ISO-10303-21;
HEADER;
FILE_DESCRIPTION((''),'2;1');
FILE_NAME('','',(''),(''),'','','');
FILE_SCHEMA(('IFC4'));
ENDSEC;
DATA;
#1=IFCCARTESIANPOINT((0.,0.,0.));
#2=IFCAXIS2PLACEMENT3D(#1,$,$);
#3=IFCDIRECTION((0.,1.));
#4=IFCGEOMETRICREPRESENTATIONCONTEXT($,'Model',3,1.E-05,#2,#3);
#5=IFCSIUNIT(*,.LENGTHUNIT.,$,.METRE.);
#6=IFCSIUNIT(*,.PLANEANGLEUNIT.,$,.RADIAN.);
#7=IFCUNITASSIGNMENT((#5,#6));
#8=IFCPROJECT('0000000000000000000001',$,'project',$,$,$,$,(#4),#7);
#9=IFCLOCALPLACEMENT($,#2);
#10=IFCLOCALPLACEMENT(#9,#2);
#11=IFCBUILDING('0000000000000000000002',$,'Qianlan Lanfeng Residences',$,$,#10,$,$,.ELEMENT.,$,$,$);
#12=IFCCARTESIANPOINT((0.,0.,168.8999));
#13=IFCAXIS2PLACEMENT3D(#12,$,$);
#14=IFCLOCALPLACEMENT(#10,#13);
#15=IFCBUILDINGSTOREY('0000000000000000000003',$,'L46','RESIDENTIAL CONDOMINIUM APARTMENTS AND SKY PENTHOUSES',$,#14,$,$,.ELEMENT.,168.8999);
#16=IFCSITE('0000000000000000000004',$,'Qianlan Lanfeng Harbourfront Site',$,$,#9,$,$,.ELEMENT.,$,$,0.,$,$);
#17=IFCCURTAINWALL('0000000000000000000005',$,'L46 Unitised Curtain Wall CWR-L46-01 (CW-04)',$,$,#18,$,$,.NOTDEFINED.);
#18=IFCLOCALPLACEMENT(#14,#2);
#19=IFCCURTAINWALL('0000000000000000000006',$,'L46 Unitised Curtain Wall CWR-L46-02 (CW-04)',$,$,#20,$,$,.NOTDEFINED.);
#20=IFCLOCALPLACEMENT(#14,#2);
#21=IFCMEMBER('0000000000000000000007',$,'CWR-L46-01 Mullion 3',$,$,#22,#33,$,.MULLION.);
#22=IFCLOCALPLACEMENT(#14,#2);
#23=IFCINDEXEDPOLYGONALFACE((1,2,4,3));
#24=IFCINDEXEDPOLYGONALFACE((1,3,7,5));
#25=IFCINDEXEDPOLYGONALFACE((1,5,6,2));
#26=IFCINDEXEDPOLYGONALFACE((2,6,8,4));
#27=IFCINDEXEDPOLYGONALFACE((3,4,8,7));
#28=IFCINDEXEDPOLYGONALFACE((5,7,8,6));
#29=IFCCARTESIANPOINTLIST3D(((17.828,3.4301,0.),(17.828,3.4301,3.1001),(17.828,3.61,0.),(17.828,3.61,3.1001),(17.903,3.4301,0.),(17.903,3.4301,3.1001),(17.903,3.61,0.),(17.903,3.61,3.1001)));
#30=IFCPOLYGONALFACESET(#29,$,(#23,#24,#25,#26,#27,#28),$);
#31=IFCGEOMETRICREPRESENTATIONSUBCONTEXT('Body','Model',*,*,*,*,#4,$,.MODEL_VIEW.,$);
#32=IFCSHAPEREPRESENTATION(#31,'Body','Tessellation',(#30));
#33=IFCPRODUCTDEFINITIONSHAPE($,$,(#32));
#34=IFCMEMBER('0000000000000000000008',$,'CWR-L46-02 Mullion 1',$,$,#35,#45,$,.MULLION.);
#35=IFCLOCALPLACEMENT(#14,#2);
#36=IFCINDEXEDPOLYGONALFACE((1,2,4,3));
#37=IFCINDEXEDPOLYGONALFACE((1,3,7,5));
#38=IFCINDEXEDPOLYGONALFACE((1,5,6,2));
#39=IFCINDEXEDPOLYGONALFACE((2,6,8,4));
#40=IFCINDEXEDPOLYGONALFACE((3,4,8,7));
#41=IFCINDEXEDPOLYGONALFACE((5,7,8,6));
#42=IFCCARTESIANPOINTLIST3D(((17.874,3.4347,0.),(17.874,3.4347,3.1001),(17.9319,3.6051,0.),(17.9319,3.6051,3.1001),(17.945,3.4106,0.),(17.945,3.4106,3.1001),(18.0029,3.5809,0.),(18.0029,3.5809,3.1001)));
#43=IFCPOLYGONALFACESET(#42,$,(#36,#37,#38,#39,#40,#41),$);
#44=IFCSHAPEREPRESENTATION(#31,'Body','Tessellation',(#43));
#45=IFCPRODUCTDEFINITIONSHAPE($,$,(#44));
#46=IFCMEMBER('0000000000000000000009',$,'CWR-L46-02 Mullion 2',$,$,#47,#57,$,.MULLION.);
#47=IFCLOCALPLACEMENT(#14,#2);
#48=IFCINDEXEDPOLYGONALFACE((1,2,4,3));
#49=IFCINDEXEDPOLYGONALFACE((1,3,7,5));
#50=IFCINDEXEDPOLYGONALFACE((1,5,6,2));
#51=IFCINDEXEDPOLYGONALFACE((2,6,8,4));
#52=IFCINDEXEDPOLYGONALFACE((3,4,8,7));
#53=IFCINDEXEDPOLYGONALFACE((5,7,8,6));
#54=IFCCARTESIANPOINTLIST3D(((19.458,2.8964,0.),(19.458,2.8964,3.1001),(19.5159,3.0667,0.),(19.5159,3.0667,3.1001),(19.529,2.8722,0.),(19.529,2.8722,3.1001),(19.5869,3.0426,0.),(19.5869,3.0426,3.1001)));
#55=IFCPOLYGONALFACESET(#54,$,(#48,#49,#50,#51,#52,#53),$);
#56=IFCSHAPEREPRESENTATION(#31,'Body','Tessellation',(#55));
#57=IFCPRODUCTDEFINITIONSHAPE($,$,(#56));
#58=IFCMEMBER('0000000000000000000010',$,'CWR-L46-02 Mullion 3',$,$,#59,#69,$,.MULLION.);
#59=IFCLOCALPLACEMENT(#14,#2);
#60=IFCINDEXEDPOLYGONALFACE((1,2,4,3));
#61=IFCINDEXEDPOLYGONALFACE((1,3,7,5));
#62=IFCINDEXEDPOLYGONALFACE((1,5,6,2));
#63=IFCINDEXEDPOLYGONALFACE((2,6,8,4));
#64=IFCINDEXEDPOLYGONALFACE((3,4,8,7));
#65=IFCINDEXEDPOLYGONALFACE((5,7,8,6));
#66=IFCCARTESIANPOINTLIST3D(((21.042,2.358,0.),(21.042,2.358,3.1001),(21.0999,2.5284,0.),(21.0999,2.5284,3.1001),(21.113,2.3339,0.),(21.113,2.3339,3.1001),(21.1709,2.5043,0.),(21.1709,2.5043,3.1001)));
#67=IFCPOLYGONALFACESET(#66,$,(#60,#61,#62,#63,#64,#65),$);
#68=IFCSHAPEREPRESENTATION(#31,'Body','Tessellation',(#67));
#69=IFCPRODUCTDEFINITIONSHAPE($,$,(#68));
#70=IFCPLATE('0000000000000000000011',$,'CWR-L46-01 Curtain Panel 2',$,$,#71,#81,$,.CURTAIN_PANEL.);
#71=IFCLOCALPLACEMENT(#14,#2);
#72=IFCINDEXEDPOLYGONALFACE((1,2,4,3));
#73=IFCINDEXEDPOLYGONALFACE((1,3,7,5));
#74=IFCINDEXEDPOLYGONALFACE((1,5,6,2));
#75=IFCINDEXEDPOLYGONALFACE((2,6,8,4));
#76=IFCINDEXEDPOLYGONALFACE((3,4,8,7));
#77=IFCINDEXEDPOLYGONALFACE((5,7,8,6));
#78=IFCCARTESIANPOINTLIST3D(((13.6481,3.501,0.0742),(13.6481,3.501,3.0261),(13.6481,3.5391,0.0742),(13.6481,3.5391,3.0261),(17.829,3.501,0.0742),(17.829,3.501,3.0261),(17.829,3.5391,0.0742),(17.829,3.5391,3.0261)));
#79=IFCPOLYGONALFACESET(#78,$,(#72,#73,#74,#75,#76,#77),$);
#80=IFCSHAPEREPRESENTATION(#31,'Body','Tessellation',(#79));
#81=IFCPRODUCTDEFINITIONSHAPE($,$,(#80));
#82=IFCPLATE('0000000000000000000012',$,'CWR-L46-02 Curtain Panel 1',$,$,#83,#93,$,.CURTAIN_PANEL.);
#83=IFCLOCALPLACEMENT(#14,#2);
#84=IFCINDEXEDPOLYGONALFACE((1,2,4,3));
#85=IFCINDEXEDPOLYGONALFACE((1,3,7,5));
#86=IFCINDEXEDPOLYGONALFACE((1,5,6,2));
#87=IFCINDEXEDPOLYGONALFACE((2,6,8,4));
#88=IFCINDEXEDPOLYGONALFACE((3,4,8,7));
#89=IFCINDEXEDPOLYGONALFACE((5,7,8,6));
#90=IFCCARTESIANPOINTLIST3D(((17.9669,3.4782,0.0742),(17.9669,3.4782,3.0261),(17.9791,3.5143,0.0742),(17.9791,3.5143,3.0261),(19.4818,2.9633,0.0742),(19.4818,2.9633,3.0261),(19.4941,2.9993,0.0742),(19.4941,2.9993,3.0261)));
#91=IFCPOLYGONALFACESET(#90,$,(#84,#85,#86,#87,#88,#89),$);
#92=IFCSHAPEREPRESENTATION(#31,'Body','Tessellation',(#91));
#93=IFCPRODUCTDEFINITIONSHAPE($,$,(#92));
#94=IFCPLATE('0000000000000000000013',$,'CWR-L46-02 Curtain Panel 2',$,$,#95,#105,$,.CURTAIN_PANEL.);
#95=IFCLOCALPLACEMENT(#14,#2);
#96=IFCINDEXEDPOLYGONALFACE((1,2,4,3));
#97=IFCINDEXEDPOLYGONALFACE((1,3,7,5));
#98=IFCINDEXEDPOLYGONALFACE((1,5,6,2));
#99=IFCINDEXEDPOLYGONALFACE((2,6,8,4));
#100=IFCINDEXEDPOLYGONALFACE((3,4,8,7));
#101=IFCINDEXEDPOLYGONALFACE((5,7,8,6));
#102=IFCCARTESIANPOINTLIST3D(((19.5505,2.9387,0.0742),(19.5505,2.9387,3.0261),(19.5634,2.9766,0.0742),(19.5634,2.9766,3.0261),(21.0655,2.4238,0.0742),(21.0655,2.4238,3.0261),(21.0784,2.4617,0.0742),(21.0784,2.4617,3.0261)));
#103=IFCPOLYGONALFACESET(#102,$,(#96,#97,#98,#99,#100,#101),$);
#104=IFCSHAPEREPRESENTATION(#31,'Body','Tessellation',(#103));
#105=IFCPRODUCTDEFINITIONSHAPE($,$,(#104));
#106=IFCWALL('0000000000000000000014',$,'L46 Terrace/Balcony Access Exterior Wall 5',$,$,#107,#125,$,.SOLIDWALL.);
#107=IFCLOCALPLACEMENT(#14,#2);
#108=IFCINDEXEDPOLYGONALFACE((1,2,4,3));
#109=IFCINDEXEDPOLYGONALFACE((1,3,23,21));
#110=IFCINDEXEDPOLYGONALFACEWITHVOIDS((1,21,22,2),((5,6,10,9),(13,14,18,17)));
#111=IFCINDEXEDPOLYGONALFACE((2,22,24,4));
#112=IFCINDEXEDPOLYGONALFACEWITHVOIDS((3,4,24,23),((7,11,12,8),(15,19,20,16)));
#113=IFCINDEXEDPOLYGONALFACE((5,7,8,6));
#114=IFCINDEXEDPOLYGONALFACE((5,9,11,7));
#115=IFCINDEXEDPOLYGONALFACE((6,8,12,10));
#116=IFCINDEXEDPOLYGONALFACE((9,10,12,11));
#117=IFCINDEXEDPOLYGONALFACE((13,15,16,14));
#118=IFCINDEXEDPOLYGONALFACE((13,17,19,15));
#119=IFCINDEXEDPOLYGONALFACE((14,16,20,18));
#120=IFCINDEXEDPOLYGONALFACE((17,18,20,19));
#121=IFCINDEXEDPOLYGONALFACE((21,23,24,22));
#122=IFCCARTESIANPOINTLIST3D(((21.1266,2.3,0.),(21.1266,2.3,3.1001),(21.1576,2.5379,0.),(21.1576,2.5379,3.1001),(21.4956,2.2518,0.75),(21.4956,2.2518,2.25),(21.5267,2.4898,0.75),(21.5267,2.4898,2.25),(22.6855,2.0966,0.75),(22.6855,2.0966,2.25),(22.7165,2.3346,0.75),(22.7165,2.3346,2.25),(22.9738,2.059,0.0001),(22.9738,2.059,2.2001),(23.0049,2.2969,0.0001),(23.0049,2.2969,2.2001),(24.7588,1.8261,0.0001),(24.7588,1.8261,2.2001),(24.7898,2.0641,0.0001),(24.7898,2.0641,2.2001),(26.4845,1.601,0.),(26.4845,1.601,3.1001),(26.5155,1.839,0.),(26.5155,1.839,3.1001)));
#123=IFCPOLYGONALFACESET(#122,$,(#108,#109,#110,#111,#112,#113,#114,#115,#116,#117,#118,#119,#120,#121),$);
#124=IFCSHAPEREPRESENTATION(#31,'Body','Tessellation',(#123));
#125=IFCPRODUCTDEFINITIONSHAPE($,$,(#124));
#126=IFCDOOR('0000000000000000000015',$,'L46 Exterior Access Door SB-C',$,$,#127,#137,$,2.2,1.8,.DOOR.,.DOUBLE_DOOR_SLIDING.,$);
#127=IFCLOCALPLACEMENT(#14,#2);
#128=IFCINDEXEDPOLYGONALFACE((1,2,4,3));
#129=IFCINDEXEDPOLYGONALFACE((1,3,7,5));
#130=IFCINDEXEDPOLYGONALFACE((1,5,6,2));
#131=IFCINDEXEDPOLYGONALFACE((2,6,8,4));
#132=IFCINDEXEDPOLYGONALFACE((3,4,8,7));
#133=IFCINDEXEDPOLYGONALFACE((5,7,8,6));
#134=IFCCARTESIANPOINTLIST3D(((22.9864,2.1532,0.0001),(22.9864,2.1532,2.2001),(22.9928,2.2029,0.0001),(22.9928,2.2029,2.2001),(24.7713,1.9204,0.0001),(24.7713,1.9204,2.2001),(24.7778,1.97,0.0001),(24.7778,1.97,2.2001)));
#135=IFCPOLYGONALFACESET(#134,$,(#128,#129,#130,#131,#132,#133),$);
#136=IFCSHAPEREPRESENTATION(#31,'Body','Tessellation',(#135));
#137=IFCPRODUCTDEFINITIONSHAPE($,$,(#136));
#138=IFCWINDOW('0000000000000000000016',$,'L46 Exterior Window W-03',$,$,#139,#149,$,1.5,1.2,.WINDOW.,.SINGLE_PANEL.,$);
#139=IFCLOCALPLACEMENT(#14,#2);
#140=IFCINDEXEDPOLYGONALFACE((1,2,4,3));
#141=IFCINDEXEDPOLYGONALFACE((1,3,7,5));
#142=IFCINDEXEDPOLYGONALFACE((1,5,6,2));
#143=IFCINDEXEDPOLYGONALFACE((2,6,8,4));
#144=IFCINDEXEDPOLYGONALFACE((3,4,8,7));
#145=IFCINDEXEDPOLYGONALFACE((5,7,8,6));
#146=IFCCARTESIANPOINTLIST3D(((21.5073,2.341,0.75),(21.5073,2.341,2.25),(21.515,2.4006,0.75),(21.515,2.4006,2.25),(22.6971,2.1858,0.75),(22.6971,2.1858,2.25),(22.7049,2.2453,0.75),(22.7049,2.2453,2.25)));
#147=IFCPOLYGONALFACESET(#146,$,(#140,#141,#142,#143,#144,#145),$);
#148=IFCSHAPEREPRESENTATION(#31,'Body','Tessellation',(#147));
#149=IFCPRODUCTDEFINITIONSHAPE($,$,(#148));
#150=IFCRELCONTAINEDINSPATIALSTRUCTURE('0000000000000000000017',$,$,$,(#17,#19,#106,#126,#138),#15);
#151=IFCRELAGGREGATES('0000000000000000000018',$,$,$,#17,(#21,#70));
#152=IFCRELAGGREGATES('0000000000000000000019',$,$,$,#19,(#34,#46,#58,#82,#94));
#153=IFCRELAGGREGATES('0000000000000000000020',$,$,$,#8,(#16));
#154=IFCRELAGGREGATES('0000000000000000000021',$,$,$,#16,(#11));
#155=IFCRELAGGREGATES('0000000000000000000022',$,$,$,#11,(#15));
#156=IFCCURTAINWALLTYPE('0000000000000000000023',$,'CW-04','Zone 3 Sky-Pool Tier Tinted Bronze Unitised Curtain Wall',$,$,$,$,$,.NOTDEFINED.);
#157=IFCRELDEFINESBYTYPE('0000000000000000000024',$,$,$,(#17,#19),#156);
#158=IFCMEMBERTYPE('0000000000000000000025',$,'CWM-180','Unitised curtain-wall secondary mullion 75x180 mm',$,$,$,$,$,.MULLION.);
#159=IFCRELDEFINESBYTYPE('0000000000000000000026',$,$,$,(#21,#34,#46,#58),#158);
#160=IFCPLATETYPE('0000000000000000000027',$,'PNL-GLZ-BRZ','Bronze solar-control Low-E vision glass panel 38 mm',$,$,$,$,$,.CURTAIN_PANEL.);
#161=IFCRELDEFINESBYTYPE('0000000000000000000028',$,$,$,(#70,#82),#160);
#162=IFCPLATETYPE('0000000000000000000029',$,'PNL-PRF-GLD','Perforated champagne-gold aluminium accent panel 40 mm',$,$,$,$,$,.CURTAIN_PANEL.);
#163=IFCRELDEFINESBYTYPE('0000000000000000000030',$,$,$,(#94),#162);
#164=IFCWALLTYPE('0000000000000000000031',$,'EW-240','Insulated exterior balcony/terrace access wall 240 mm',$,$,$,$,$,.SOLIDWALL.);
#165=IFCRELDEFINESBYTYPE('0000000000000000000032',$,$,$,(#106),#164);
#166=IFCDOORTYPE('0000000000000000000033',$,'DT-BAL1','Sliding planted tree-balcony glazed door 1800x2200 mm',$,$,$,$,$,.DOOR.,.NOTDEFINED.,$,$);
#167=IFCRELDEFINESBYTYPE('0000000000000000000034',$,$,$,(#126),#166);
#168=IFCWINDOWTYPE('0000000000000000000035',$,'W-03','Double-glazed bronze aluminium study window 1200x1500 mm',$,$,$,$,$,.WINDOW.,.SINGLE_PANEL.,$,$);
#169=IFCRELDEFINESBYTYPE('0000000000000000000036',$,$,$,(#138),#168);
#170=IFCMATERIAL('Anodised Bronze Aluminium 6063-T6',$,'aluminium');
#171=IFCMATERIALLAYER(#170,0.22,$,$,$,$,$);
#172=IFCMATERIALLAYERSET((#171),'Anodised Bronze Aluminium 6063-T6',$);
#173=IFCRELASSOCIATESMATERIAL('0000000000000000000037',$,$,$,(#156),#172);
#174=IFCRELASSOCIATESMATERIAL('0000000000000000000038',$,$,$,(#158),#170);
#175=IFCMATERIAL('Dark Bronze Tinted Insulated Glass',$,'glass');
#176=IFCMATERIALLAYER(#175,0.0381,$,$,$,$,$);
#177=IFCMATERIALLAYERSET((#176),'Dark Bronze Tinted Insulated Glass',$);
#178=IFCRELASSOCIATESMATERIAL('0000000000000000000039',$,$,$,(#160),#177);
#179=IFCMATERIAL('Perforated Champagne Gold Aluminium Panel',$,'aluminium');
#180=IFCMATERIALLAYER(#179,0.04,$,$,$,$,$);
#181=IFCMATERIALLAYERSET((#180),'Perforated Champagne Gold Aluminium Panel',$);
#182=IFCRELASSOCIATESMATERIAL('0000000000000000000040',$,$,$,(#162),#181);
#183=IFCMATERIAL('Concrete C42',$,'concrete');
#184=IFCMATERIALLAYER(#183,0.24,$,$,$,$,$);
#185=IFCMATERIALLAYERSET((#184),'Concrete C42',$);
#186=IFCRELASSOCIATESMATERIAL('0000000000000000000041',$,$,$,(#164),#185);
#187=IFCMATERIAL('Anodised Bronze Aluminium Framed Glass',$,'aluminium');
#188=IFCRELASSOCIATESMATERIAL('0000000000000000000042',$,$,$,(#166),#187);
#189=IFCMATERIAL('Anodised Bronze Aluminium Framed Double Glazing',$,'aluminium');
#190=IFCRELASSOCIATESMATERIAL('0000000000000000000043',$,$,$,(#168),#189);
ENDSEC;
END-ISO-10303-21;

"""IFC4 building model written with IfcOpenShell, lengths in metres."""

from ifc_helpers import new_model, si_unit, direction, frame, frame_2d, origin, origin_2d, place, context, subcontext, project, spatial, rectangle, extrude, source, transform, mapped, material, layer, layer_set, material_profile, profile_set, type_object, element, fill, aggregate, save


model = new_model("IFC4")

# Units and contexts
model_context = context("Model", 3, precision=1e-05, world=origin(), true_north=direction((0.0, 1.0)))
body_context = subcontext(model_context, "Body", "Model", "MODEL_VIEW")
ifc_project = project(units=[si_unit("LENGTHUNIT", "METRE"), si_unit("PLANEANGLEUNIT", "RADIAN")], contexts=[model_context])

# Site, building, storey
site_placement = place(None, origin())
site = spatial("IfcSite", under=ifc_project, at=site_placement, Name="Qianlan Lanfeng Harbourfront Site", CompositionType="ELEMENT", RefElevation=0.0)
building_placement = place(site_placement, origin())
building = spatial("IfcBuilding", under=site, at=building_placement, Name="Qianlan Lanfeng Residences", CompositionType="ELEMENT")
storey_placement = place(building_placement, frame((0.0, 0.0, 168.8999)))
storey = spatial("IfcBuildingStorey", under=building, at=storey_placement, Name="L46", Description="RESIDENTIAL CONDOMINIUM APARTMENTS AND SKY PENTHOUSES", CompositionType="ELEMENT", Elevation=168.8999)

# Curtain wall
ifc_material_1 = material(Name="Anodised Bronze Aluminium 6063-T6", Category="aluminium")
ifc_layer_1 = layer(ifc_material_1, 0.22)
ifc_layer_set_1 = layer_set([ifc_layer_1], Name="Anodised Bronze Aluminium 6063-T6")
curtain_wall_type = type_object("IfcCurtainWallType", Name="CW-04", Description="Zone 3 Sky-Pool Tier Tinted Bronze Unitised Curtain Wall", PredefinedType="NOTDEFINED", material=ifc_layer_set_1)
curtain_wall_1_placement = place(storey_placement, origin())
curtain_wall_1 = element("IfcCurtainWall", 1, at=curtain_wall_1_placement, inside=storey, type_object=curtain_wall_type, Name="L46 Unitised Curtain Wall CWR-L46-01 (CW-04)", PredefinedType="NOTDEFINED")

# Curtain wall
curtain_wall_2_placement = place(storey_placement, origin())
curtain_wall_2 = element("IfcCurtainWall", 2, at=curtain_wall_2_placement, inside=storey, type_object=curtain_wall_type, Name="L46 Unitised Curtain Wall CWR-L46-02 (CW-04)", PredefinedType="NOTDEFINED")

# Members
ifc_material_profile_1 = material_profile(ifc_material_1, rectangle(XDim=0.075, YDim=0.1799, at=origin_2d()), Name="ALU MULLION 75x180")
ifc_profile_set_1 = profile_set([ifc_material_profile_1], Name="Anodised Bronze Aluminium 6063-T6")
member_type_1 = type_object("IfcMemberType", Name="CWM-180", Description="Unitised curtain-wall secondary mullion 75x180 mm", PredefinedType="MULLION", material=ifc_profile_set_1)
shared_shape_1 = source(origin(), body_context, "Body", "SweptSolid", [
    extrude(rectangle(XDim=0.075, YDim=0.1799, at=origin_2d()), origin(), (0.0, 0.0, 1.0), 3.1001),
])
member_1_placement = place(storey_placement, frame((17.8655, 3.52, 0.0), z_axis=(0.0, 0.0, 1.0), x_axis=(1.0, 0.0, 0.0)))
member_1 = element("IfcMember", 3, at=member_1_placement, type_object=member_type_1, Name="CWR-L46-01 Mullion 3", PredefinedType="MULLION", context=body_context, shape_type="MappedRepresentation", body=[
    mapped(shared_shape_1, transform((0.0, 0.0, 0.0), scale=1.0)),
])
member_2_placement = place(storey_placement, frame((17.9385, 3.5078, 0.0), z_axis=(0.0, 0.0, 1.0), x_axis=(0.946796, -0.321834, 0.0)))
member_2 = element("IfcMember", 4, at=member_2_placement, type_object=member_type_1, Name="CWR-L46-02 Mullion 1", PredefinedType="MULLION", context=body_context, shape_type="MappedRepresentation", body=[
    mapped(shared_shape_1, transform((0.0, 0.0, 0.0), scale=1.0)),
])
member_3_placement = place(storey_placement, frame((19.5225, 2.9695, 0.0), z_axis=(0.0, 0.0, 1.0), x_axis=(0.946796, -0.321834, 0.0)))
member_3 = element("IfcMember", 5, at=member_3_placement, type_object=member_type_1, Name="CWR-L46-02 Mullion 2", PredefinedType="MULLION", context=body_context, shape_type="MappedRepresentation", body=[
    mapped(shared_shape_1, transform((0.0, 0.0, 0.0), scale=1.0)),
])
member_4_placement = place(storey_placement, frame((21.1064, 2.4312, 0.0), z_axis=(0.0, 0.0, 1.0), x_axis=(0.946796, -0.321834, 0.0)))
member_4 = element("IfcMember", 6, at=member_4_placement, type_object=member_type_1, Name="CWR-L46-02 Mullion 3", PredefinedType="MULLION", context=body_context, shape_type="MappedRepresentation", body=[
    mapped(shared_shape_1, transform((0.0, 0.0, 0.0), scale=1.0)),
])

# Plates
ifc_material_2 = material(Name="Dark Bronze Tinted Insulated Glass", Category="glass")
ifc_layer_2 = layer(ifc_material_2, 0.0381)
ifc_layer_set_2 = layer_set([ifc_layer_2], Name="Dark Bronze Tinted Insulated Glass")
plate_type_1 = type_object("IfcPlateType", Name="PNL-GLZ-BRZ", Description="Bronze solar-control Low-E vision glass panel 38 mm", PredefinedType="CURTAIN_PANEL", material=ifc_layer_set_2)
shared_shape_2 = source(origin(), body_context, "Body", "SweptSolid", [
    extrude(rectangle(XDim=4.1809, YDim=0.0381, at=origin_2d()), origin(), (0.0, 0.0, 1.0), 2.9519),
])
plate_1_placement = place(storey_placement, frame((15.7385, 3.52, 0.0742), z_axis=(0.0, 0.0, 1.0), x_axis=(1.0, 0.0, 0.0)))
plate_1 = element("IfcPlate", 7, at=plate_1_placement, type_object=plate_type_1, Name="CWR-L46-01 Curtain Panel 2", PredefinedType="CURTAIN_PANEL", context=body_context, shape_type="MappedRepresentation", body=[
    mapped(shared_shape_2, transform((0.0, 0.0, 0.0), scale=1.0)),
])
aggregate(curtain_wall_1, [member_1, plate_1])
shared_shape_3 = source(origin(), body_context, "Body", "SweptSolid", [
    extrude(rectangle(XDim=1.6001, YDim=0.0381, at=origin_2d()), origin(), (0.0, 0.0, 1.0), 2.9519),
])
plate_2_placement = place(storey_placement, frame((18.7305, 3.2388, 0.0742), z_axis=(0.0, 0.0, 1.0), x_axis=(0.946796, -0.321834, 0.0)))
plate_2 = element("IfcPlate", 8, at=plate_2_placement, type_object=plate_type_1, Name="CWR-L46-02 Curtain Panel 1", PredefinedType="CURTAIN_PANEL", context=body_context, shape_type="MappedRepresentation", body=[
    mapped(shared_shape_3, transform((0.0, 0.0, 0.0), scale=1.0)),
])
ifc_material_3 = material(Name="Perforated Champagne Gold Aluminium Panel", Category="aluminium")
ifc_layer_3 = layer(ifc_material_3, 0.04)
ifc_layer_set_3 = layer_set([ifc_layer_3], Name="Perforated Champagne Gold Aluminium Panel")
plate_type_2 = type_object("IfcPlateType", Name="PNL-PRF-GLD", Description="Perforated champagne-gold aluminium accent panel 40 mm", PredefinedType="CURTAIN_PANEL", material=ifc_layer_set_3)
shared_shape_4 = source(origin(), body_context, "Body", "SweptSolid", [
    extrude(rectangle(XDim=1.6001, YDim=0.04, at=origin_2d()), origin(), (0.0, 0.0, 1.0), 2.9519),
])
plate_3_placement = place(storey_placement, frame((20.3145, 2.7002, 0.0742), z_axis=(0.0, 0.0, 1.0), x_axis=(0.946796, -0.321834, 0.0)))
plate_3 = element("IfcPlate", 9, at=plate_3_placement, type_object=plate_type_2, Name="CWR-L46-02 Curtain Panel 2", PredefinedType="CURTAIN_PANEL", context=body_context, shape_type="MappedRepresentation", body=[
    mapped(shared_shape_4, transform((0.0, 0.0, 0.0), scale=1.0)),
])
aggregate(curtain_wall_2, [member_2, member_3, member_4, plate_2, plate_3])

# Wall, openings, door, window
ifc_material_4 = material(Name="Concrete C42", Category="concrete")
ifc_layer_4 = layer(ifc_material_4, 0.24)
ifc_layer_set_4 = layer_set([ifc_layer_4], Name="Concrete C42")
wall_type_1 = type_object("IfcWallType", Name="EW-240", Description="Insulated exterior balcony/terrace access wall 240 mm", PredefinedType="SOLIDWALL", material=ifc_layer_set_4)
wall_1_placement = place(storey_placement, frame((21.1421, 2.4189, 0.0), z_axis=(0.0, 0.0, 1.0), x_axis=(0.991598, -0.12936, 0.0)))
wall_1 = element("IfcWall", 10, at=wall_1_placement, inside=storey, type_object=wall_type_1, Name="L46 Terrace/Balcony Access Exterior Wall 5", PredefinedType="SOLIDWALL", context=body_context, shape_type="SweptSolid", body=[
    extrude(rectangle(XDim=5.4033, YDim=0.24, at=frame_2d((2.7017, 0.0))), origin(), (0.0, 0.0, 1.0), 3.1001),
])
opening_1_placement = place(wall_1_placement, frame((1.863, 0.0, 0.0)))
opening_1 = element("IfcOpeningElement", 11, at=opening_1_placement, cuts=wall_1, PredefinedType="OPENING", context=body_context, shape_type="SweptSolid", body=[
    extrude(rectangle(XDim=1.8, YDim=2.2, at=frame_2d((0.8999, 1.1001))), frame((0.0, 0.1299, 0.0), z_axis=(0.0, -1.0, 0.0), x_axis=(1.0, 0.0, 0.0)), (0.0, 0.0, 1.0), 0.26),
])
opening_2_placement = place(wall_1_placement, frame((0.3721, 0.0, 0.75)))
opening_2 = element("IfcOpeningElement", 12, at=opening_2_placement, cuts=wall_1, PredefinedType="OPENING", context=body_context, shape_type="SweptSolid", body=[
    extrude(rectangle(XDim=1.2, YDim=1.5, at=frame_2d((0.6001, 0.75))), frame((0.0, 0.1299, 0.0), z_axis=(0.0, -1.0, 0.0), x_axis=(1.0, 0.0, 0.0)), (0.0, 0.0, 1.0), 0.26),
])
ifc_material_5 = material(Name="Anodised Bronze Aluminium Framed Glass", Category="aluminium")
door_type_1 = type_object("IfcDoorType", Name="DT-BAL1", Description="Sliding planted tree-balcony glazed door 1800x2200 mm", OperationType="NOTDEFINED", PredefinedType="DOOR", material=ifc_material_5)
door_1_placement = place(opening_1_placement, frame((1.8, 0.0, 0.0), z_axis=(0.0, 0.0, 1.0), x_axis=(-1.0, 0.0, 0.0)))
door_1 = element("IfcDoor", 13, at=door_1_placement, inside=storey, type_object=door_type_1, Name="L46 Exterior Access Door SB-C", OperationType="DOUBLE_DOOR_SLIDING", OverallHeight=2.2, OverallWidth=1.8, PredefinedType="DOOR", context=body_context, shape_type="SweptSolid", body=[
    extrude(rectangle(XDim=1.8, YDim=2.2, at=frame_2d((0.8999, 1.1001))), frame((0.0, 0.0249, 0.0), z_axis=(0.0, -1.0, 0.0), x_axis=(1.0, 0.0, 0.0)), (0.0, 0.0, 1.0), 0.05),
])
fill(opening_1, door_1)
ifc_material_6 = material(Name="Anodised Bronze Aluminium Framed Double Glazing", Category="aluminium")
window_type = type_object("IfcWindowType", Name="W-03", Description="Double-glazed bronze aluminium study window 1200x1500 mm", PartitioningType="SINGLE_PANEL", PredefinedType="WINDOW", material=ifc_material_6)
window_placement = place(opening_2_placement, origin())
window = element("IfcWindow", 14, at=window_placement, inside=storey, type_object=window_type, Name="L46 Exterior Window W-03", OverallHeight=1.5, OverallWidth=1.2, PartitioningType="SINGLE_PANEL", PredefinedType="WINDOW", context=body_context, shape_type="SweptSolid", body=[
    extrude(rectangle(XDim=1.2, YDim=1.5, at=frame_2d((0.6001, 0.75))), frame((0.0, 0.03, 0.0), z_axis=(0.0, -1.0, 0.0), x_axis=(1.0, 0.0, 0.0)), (0.0, 0.0, 1.0), 0.0601),
])
fill(opening_2, window)

save(model, "model.ifc")
